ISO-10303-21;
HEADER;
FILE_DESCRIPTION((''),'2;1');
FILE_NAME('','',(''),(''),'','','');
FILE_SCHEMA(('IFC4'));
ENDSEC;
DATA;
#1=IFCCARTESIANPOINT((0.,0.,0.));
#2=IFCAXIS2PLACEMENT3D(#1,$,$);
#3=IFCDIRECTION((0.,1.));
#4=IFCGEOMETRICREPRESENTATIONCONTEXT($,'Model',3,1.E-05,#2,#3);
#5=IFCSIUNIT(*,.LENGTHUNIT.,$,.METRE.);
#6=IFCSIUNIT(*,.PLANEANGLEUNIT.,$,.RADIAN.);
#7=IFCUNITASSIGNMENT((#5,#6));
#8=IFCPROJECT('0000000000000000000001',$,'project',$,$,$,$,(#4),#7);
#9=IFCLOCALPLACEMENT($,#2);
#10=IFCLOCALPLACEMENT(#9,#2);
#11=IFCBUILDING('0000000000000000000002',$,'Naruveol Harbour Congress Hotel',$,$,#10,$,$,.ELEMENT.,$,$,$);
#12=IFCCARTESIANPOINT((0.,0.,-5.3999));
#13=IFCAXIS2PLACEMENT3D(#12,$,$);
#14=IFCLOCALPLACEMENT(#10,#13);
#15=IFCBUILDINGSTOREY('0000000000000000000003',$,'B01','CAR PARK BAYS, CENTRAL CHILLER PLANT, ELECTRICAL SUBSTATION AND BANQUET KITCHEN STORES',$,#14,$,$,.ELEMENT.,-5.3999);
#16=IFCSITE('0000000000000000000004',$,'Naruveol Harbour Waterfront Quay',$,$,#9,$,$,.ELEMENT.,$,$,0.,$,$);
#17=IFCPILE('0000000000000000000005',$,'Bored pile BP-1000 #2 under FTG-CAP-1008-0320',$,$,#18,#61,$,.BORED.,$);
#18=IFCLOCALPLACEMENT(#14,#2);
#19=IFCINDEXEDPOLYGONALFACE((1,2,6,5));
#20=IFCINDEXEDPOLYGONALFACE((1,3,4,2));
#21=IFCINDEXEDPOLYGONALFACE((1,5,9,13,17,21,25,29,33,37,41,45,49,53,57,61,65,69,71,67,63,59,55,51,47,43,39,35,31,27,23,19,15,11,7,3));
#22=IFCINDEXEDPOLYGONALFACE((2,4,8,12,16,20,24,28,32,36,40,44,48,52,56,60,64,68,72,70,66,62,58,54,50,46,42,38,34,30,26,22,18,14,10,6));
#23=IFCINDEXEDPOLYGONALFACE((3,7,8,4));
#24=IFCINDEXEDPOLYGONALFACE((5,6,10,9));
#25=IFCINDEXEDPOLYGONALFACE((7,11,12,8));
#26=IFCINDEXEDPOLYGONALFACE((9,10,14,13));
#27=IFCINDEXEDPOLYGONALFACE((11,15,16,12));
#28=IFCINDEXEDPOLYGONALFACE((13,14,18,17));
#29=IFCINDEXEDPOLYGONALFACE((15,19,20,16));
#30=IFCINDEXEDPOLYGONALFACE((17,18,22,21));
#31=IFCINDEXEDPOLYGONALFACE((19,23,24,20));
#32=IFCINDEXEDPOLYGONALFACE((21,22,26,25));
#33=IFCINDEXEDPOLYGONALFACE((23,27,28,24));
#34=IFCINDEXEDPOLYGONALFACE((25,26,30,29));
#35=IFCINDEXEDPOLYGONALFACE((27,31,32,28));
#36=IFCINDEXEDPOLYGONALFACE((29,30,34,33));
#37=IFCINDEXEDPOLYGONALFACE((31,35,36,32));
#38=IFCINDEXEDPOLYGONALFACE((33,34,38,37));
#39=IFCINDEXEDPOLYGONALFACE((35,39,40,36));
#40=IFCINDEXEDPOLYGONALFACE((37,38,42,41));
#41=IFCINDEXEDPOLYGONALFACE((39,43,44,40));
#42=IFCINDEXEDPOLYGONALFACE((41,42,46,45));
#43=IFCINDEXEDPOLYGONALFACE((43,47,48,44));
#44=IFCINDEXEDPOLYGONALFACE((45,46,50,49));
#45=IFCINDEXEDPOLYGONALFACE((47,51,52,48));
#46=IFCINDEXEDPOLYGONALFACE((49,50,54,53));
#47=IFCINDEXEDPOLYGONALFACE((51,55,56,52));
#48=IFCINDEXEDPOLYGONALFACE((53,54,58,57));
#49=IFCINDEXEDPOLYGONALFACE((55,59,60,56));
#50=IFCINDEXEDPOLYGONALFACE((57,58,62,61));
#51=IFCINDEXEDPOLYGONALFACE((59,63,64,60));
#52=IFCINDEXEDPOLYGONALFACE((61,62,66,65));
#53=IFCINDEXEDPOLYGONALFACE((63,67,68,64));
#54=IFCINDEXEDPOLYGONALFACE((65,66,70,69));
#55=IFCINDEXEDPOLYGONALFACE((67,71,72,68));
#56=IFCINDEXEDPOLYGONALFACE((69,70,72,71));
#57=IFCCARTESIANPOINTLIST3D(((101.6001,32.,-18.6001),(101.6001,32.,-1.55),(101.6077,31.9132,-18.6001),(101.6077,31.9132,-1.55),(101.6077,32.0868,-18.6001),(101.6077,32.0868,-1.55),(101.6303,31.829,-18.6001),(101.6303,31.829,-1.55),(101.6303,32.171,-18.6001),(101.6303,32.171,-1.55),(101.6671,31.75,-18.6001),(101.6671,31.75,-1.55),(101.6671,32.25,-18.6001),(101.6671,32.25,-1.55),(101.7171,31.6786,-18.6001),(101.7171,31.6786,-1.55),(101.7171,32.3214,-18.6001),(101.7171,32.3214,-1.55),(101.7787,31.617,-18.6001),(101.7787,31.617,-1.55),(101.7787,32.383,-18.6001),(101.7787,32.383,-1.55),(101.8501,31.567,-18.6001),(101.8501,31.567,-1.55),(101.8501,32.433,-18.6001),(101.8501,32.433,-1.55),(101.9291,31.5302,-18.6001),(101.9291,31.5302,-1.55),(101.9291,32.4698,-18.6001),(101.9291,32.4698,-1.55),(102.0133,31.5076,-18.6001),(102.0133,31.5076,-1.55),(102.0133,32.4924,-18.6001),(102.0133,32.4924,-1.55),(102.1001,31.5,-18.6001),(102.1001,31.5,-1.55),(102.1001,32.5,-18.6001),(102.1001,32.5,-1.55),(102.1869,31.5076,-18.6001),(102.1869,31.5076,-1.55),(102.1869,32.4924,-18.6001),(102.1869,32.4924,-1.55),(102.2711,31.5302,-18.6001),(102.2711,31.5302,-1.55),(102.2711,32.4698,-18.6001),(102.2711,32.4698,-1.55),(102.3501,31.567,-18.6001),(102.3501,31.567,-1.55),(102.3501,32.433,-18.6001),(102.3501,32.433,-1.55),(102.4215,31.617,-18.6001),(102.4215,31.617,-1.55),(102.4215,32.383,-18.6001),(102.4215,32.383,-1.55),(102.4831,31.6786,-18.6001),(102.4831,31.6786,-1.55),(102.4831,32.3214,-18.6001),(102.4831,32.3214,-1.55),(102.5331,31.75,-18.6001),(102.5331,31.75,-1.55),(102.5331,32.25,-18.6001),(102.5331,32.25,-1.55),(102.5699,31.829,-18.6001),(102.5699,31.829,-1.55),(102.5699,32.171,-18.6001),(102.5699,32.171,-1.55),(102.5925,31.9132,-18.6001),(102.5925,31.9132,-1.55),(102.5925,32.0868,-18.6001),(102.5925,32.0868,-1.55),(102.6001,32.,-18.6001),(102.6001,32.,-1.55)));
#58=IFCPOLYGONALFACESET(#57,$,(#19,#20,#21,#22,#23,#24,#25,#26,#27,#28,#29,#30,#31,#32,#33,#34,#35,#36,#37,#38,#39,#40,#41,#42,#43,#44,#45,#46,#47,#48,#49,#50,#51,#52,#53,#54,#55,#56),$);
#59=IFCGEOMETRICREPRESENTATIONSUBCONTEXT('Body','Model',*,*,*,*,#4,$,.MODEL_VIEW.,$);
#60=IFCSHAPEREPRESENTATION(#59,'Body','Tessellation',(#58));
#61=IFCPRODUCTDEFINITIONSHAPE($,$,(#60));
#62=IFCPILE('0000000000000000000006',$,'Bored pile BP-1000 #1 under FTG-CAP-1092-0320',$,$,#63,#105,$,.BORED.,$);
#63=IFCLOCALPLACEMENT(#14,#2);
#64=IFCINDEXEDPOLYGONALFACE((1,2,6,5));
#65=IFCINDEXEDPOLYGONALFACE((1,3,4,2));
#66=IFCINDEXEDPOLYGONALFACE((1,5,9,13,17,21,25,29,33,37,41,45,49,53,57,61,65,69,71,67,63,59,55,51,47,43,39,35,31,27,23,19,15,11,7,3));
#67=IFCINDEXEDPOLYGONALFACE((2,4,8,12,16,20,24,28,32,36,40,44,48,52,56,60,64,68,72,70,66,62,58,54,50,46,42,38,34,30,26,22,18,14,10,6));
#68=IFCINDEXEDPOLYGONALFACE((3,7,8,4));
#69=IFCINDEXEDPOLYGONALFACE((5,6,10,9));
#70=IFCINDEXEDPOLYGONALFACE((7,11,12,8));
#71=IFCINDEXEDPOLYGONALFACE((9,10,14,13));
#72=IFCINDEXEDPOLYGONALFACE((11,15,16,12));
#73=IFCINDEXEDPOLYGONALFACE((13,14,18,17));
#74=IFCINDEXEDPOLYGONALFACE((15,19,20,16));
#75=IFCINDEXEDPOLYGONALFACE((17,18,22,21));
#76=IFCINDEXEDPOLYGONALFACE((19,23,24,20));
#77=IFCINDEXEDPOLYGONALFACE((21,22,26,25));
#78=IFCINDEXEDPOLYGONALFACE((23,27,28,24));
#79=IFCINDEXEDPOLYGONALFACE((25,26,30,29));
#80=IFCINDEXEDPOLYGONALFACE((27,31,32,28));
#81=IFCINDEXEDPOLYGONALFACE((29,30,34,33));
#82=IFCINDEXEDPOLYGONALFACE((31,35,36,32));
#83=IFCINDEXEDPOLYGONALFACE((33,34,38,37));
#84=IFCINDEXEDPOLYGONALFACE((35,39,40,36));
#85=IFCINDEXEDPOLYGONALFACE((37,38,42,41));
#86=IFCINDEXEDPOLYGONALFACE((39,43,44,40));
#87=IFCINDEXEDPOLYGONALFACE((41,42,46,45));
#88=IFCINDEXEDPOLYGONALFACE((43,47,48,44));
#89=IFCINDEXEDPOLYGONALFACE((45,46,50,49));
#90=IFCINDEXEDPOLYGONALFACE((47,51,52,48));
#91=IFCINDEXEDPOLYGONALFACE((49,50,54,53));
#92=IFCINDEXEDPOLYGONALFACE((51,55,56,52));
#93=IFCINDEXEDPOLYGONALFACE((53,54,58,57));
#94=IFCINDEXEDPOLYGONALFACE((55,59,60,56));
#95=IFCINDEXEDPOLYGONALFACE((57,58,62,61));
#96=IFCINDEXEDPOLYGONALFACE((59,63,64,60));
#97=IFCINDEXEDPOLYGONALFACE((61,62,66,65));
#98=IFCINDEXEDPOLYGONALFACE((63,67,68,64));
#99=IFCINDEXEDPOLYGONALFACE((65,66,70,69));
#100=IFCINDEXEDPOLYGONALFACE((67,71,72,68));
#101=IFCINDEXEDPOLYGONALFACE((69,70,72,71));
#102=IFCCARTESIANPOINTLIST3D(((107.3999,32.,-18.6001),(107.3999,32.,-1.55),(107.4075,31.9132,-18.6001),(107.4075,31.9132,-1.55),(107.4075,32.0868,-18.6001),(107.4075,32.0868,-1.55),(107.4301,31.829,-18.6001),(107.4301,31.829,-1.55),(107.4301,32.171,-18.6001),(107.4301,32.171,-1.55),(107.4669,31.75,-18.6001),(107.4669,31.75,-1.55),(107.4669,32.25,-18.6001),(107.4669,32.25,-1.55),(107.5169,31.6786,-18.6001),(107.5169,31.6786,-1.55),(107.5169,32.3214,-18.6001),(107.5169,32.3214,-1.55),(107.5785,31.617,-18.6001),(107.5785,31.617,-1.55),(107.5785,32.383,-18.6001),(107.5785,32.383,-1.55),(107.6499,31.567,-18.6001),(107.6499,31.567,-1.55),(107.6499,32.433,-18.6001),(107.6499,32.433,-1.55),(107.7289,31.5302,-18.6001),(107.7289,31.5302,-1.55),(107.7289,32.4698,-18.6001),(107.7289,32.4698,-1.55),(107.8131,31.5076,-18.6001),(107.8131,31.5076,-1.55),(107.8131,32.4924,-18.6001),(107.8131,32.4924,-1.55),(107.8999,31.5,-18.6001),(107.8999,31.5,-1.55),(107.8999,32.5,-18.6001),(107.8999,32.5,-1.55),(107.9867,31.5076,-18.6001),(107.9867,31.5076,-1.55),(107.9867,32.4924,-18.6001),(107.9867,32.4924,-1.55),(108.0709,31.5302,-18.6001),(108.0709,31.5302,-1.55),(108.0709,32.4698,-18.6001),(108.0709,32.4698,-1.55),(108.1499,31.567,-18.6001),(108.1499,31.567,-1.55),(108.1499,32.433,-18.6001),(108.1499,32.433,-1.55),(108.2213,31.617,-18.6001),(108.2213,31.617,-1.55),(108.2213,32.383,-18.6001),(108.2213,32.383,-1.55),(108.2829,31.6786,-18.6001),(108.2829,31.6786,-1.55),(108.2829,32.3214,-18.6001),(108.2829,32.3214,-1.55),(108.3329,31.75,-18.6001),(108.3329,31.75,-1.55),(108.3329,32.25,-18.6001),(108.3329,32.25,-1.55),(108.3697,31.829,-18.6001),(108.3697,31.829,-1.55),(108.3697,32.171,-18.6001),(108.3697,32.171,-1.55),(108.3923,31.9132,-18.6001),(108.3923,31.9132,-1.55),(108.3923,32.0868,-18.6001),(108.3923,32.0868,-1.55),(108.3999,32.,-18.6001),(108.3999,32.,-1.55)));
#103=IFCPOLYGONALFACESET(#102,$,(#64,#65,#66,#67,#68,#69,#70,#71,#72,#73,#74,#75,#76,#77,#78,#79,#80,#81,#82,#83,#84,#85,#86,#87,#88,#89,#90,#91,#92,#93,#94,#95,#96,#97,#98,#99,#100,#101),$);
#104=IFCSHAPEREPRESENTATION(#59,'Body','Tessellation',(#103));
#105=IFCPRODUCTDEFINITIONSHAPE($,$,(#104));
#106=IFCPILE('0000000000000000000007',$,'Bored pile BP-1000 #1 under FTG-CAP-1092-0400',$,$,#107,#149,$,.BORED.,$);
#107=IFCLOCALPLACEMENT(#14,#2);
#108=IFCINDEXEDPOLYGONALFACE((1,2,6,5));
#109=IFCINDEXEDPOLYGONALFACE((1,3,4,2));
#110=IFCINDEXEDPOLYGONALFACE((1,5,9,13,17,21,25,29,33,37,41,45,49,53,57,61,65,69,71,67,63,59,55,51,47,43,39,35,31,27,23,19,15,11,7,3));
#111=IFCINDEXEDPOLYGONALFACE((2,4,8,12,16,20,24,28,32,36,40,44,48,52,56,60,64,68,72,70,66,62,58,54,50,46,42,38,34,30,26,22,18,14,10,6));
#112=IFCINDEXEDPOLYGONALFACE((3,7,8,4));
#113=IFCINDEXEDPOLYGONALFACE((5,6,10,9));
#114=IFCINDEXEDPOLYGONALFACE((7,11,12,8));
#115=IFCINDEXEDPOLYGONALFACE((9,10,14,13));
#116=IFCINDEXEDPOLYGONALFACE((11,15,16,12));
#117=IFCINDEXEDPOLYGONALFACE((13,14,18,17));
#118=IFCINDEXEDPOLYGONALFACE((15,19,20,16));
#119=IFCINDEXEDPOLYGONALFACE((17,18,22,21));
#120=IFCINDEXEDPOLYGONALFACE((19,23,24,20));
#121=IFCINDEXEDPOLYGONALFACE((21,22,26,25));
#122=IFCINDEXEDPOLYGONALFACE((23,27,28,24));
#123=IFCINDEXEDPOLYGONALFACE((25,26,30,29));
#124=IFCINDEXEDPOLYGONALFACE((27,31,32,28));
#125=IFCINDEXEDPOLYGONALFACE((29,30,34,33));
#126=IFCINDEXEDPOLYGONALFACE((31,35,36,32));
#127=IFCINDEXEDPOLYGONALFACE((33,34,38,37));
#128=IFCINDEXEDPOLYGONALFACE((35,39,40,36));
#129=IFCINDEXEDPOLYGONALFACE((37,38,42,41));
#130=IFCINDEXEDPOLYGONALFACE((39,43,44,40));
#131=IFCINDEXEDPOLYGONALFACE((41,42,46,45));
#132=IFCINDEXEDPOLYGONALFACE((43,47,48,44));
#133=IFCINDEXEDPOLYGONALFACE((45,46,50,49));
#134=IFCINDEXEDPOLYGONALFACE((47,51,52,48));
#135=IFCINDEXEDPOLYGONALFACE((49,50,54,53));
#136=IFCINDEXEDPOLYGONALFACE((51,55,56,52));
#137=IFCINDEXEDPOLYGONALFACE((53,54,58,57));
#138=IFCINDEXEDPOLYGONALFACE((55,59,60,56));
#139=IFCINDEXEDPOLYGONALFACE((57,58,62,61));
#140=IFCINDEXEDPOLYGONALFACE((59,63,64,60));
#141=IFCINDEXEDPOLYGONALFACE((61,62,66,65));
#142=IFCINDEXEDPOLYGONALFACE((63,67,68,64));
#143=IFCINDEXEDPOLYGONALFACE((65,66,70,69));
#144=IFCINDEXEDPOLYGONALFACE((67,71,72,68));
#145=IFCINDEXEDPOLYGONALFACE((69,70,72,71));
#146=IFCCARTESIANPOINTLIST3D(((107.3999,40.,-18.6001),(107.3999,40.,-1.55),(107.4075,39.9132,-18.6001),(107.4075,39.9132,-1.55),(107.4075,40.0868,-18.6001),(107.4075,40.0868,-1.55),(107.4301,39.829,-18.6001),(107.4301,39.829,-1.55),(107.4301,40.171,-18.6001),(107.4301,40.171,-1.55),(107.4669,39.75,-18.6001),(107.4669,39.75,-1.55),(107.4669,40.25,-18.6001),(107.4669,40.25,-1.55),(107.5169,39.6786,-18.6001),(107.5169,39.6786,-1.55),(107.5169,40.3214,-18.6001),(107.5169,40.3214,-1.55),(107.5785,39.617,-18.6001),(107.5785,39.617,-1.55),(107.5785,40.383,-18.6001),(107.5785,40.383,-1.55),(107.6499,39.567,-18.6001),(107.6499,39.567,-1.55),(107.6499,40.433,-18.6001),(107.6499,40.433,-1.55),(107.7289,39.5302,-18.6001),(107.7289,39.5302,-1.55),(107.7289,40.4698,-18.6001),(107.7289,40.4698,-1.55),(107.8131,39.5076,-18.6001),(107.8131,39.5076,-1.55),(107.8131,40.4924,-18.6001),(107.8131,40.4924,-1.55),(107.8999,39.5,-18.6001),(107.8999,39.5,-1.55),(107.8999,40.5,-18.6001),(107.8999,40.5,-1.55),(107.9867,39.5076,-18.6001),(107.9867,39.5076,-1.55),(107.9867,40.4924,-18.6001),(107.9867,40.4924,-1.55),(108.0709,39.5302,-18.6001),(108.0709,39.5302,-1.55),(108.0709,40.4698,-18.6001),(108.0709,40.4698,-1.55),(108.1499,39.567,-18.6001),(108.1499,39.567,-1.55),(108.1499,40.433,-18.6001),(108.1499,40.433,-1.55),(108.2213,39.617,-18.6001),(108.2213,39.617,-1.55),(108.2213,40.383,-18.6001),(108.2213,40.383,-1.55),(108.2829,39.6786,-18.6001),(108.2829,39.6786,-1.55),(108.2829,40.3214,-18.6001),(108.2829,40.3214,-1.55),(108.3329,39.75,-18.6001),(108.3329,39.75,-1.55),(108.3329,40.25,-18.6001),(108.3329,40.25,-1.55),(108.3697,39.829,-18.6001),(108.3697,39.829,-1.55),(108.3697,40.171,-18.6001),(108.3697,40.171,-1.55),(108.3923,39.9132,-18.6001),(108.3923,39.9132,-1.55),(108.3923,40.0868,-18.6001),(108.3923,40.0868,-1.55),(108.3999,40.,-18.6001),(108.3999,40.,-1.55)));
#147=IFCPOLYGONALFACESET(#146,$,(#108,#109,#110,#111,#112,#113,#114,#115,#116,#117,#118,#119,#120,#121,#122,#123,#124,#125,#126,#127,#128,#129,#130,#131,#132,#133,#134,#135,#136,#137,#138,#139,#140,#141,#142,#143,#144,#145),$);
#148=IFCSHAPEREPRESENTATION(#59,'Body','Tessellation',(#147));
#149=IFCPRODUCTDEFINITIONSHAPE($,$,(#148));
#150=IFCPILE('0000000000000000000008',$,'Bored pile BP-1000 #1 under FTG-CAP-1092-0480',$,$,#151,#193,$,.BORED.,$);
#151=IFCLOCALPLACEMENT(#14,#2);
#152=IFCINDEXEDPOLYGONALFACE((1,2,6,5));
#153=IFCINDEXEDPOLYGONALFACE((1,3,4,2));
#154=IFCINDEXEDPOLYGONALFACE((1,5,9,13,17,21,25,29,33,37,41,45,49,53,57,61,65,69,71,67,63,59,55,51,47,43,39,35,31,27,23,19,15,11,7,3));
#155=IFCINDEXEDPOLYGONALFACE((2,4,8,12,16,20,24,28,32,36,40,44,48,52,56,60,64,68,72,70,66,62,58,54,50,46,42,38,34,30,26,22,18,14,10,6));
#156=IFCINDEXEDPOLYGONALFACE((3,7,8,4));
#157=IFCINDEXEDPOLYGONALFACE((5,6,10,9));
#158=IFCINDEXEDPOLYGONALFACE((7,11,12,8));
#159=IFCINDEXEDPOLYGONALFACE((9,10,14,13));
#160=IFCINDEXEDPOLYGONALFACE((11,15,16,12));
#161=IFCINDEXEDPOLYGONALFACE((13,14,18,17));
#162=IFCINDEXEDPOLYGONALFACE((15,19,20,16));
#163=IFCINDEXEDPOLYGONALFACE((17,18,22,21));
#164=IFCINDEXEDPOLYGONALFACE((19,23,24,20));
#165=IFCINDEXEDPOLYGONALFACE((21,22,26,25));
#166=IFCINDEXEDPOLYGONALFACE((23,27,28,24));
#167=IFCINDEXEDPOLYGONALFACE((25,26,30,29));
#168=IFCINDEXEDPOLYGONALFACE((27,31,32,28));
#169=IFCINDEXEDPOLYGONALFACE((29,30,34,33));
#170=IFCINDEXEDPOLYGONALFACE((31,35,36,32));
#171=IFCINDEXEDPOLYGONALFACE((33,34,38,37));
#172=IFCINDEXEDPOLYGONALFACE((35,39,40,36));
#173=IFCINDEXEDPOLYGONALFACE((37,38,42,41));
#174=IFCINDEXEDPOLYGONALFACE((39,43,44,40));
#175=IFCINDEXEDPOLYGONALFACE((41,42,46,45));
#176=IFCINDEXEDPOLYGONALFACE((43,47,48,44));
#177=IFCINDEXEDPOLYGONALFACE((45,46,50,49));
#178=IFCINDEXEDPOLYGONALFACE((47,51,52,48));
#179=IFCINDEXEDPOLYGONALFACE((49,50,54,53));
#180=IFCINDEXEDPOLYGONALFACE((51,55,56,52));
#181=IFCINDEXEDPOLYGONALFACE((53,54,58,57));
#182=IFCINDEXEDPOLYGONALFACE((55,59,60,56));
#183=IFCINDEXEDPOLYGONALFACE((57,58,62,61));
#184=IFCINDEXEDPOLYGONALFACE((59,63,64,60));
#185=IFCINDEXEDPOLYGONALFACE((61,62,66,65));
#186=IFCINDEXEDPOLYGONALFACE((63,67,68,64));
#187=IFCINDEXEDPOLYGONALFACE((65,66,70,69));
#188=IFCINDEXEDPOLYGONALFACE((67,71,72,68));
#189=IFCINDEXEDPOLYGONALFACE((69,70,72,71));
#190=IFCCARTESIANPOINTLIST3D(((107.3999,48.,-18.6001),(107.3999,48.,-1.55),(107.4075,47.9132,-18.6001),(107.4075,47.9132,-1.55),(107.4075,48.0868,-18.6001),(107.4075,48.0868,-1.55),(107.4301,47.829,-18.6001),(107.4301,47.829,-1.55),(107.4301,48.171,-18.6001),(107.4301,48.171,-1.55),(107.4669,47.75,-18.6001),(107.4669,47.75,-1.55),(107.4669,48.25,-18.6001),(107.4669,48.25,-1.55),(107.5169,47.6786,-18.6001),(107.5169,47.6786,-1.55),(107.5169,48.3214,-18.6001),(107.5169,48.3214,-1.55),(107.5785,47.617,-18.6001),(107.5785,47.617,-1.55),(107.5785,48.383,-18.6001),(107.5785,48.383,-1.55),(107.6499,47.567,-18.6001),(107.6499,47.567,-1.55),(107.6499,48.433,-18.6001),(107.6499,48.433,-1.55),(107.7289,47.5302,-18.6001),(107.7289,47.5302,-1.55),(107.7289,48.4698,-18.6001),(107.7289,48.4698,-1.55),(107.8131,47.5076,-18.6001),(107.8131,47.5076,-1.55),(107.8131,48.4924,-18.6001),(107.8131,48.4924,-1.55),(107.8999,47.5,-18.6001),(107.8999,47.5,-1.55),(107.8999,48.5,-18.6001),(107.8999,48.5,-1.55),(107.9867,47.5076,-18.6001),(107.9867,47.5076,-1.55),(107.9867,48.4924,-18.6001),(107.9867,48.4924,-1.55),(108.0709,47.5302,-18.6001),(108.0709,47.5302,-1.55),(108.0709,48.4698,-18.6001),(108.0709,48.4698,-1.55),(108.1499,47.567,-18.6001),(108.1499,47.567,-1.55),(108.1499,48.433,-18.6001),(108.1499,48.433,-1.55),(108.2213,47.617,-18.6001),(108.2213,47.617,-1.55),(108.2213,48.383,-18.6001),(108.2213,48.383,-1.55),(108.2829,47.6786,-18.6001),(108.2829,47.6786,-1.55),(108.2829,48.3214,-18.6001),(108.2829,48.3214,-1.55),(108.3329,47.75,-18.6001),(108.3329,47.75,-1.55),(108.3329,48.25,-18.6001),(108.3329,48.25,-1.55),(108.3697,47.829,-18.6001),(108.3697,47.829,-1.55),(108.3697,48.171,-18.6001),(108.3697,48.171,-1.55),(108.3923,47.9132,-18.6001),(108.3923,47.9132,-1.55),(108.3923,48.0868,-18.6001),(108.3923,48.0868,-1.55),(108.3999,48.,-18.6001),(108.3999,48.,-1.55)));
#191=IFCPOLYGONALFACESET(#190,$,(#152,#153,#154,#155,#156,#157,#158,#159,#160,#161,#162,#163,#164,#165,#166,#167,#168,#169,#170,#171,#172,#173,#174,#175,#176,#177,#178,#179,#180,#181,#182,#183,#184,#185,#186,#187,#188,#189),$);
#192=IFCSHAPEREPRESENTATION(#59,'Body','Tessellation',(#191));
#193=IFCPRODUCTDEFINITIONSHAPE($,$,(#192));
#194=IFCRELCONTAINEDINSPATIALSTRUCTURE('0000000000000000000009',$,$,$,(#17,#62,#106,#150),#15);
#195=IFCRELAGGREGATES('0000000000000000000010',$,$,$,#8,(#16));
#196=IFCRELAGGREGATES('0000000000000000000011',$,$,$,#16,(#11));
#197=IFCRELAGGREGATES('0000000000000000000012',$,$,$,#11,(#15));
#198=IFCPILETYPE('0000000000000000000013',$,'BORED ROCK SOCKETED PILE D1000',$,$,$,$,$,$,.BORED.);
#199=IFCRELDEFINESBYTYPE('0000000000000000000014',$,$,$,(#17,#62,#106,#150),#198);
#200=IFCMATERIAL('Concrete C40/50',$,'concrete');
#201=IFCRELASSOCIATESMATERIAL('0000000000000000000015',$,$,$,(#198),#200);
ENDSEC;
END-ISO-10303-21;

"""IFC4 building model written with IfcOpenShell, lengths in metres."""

from ifc_helpers import new_model, si_unit, direction, frame, origin, origin_2d, place, context, subcontext, project, spatial, circle, extrude, material, material_profile, profile_set, type_object, element, save


model = new_model("IFC4")

# Units and contexts
model_context = context("Model", 3, precision=1e-05, world=origin(), true_north=direction((0.0, 1.0)))
body_context = subcontext(model_context, "Body", "Model", "MODEL_VIEW")
ifc_project = project(units=[si_unit("LENGTHUNIT", "METRE"), si_unit("PLANEANGLEUNIT", "RADIAN")], contexts=[model_context])

# Site, building, storey
site_placement = place(None, origin())
site = spatial("IfcSite", under=ifc_project, at=site_placement, Name="Naruveol Harbour Waterfront Quay", CompositionType="ELEMENT", RefElevation=0.0)
building_placement = place(site_placement, origin())
building = spatial("IfcBuilding", under=site, at=building_placement, Name="Naruveol Harbour Congress Hotel", CompositionType="ELEMENT")
storey_placement = place(building_placement, frame((0.0, 0.0, -5.3999)))
storey = spatial("IfcBuildingStorey", under=building, at=storey_placement, Name="B01", Description="CAR PARK BAYS, CENTRAL CHILLER PLANT, ELECTRICAL SUBSTATION AND BANQUET KITCHEN STORES", CompositionType="ELEMENT", Elevation=-5.3999)

# Piles
ifc_material_1 = material(Name="Concrete C40/50", Category="concrete")
ifc_material_profile_1 = material_profile(ifc_material_1, circle(Radius=0.5, at=origin_2d()), Name="BP-1000")
ifc_profile_set_1 = profile_set([ifc_material_profile_1], Name="Concrete C40/50")
pile_type = type_object("IfcPileType", Name="BORED ROCK SOCKETED PILE D1000", PredefinedType="BORED", material=ifc_profile_set_1)
for number, where, z_axis, x_axis, name in (
    (1, (102.1001, 32.0, -1.55), (0.0, 0.0, -1.0), (1.0, 0.0, 0.0), "Bored pile BP-1000 #2 under FTG-CAP-1008-0320"),
    (2, (107.8999, 32.0, -1.55), (0.0, 0.0, -1.0), (1.0, 0.0, 0.0), "Bored pile BP-1000 #1 under FTG-CAP-1092-0320"),
    (3, (107.8999, 40.0, -1.55), (0.0, 0.0, -1.0), (1.0, 0.0, 0.0), "Bored pile BP-1000 #1 under FTG-CAP-1092-0400"),
    (4, (107.8999, 48.0, -1.55), (0.0, 0.0, -1.0), (1.0, 0.0, 0.0), "Bored pile BP-1000 #1 under FTG-CAP-1092-0480"),
):
    element("IfcPile", number, at=place(storey_placement, frame(where, z_axis=z_axis, x_axis=x_axis)), inside=storey, type_object=pile_type, Name=name, PredefinedType="BORED", context=body_context, shape_type="SweptSolid", body=[
        extrude(circle(Radius=0.5, at=origin_2d()), origin(), (0.0, 0.0, 1.0), 17.05),
    ])

save(model, "model.ifc")
